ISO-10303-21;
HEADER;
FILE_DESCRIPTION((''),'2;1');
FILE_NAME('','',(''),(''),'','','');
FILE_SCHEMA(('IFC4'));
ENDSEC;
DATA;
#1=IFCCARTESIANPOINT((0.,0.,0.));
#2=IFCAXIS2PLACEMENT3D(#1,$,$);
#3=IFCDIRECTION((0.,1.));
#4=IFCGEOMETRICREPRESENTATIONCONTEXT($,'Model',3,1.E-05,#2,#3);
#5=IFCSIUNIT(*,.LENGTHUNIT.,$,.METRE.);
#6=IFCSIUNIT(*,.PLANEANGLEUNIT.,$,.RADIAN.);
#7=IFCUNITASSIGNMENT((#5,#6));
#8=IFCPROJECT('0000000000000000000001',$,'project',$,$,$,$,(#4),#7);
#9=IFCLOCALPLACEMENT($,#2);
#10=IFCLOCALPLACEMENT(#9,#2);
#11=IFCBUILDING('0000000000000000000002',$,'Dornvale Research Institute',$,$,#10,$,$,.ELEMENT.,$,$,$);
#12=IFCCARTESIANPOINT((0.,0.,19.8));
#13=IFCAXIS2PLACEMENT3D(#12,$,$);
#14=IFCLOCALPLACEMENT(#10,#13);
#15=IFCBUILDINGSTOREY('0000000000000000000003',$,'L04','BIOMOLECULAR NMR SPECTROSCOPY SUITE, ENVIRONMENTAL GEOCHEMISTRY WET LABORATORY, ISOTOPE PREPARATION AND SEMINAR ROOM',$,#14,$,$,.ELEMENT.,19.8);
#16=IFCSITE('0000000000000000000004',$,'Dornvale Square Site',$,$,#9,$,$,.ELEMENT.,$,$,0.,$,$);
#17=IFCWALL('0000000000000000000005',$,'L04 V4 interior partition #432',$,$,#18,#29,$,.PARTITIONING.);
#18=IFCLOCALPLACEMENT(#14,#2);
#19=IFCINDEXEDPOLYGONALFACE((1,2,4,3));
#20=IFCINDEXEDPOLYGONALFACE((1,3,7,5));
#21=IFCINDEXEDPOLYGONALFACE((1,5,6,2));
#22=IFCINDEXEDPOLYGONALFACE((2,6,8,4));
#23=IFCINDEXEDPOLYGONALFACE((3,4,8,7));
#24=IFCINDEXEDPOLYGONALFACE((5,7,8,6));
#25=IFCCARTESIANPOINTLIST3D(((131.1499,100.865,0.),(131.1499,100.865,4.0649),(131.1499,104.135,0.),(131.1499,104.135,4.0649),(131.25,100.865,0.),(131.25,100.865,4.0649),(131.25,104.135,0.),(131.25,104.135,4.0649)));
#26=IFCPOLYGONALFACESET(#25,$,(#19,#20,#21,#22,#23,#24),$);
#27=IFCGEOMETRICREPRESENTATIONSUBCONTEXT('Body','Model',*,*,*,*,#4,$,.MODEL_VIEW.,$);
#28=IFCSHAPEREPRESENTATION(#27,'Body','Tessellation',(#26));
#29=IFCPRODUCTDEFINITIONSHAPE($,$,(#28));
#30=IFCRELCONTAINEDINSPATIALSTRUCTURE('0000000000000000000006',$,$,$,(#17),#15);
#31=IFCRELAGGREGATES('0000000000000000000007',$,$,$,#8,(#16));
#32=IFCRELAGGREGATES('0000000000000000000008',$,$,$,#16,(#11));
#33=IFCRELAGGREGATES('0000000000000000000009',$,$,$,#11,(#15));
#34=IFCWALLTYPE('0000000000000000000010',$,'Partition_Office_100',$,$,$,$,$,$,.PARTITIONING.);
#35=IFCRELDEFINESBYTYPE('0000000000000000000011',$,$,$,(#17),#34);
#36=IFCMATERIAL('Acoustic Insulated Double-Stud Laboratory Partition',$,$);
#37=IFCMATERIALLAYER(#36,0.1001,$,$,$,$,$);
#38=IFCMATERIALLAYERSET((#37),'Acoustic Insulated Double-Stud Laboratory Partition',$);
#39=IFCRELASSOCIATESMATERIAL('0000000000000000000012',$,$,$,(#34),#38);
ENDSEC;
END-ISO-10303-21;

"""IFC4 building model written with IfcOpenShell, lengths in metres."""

from ifc_helpers import new_model, si_unit, direction, frame, frame_2d, origin, place, context, subcontext, project, spatial, rectangle, extrude, material, layer, layer_set, type_object, element, save


model = new_model("IFC4")

# Units and contexts
model_context = context("Model", 3, precision=1e-05, world=origin(), true_north=direction((0.0, 1.0)))
body_context = subcontext(model_context, "Body", "Model", "MODEL_VIEW")
ifc_project = project(units=[si_unit("LENGTHUNIT", "METRE"), si_unit("PLANEANGLEUNIT", "RADIAN")], contexts=[model_context])

# Site, building, storey
site_placement = place(None, origin())
site = spatial("IfcSite", under=ifc_project, at=site_placement, Name="Dornvale Square Site", CompositionType="ELEMENT", RefElevation=0.0)
building_placement = place(site_placement, origin())
building = spatial("IfcBuilding", under=site, at=building_placement, Name="Dornvale Research Institute", CompositionType="ELEMENT")
storey_placement = place(building_placement, frame((0.0, 0.0, 19.8)))
storey = spatial("IfcBuildingStorey", under=building, at=storey_placement, Name="L04", Description="BIOMOLECULAR NMR SPECTROSCOPY SUITE, ENVIRONMENTAL GEOCHEMISTRY WET LABORATORY, ISOTOPE PREPARATION AND SEMINAR ROOM", CompositionType="ELEMENT", Elevation=19.8)

# Wall
ifc_material_1 = material(Name="Acoustic Insulated Double-Stud Laboratory Partition")
ifc_layer_1 = layer(ifc_material_1, 0.1001)
ifc_layer_set_1 = layer_set([ifc_layer_1], Name="Acoustic Insulated Double-Stud Laboratory Partition")
wall_type_1 = type_object("IfcWallType", Name="Partition_Office_100", PredefinedType="PARTITIONING", material=ifc_layer_set_1)
wall_1_placement = place(storey_placement, frame((131.2, 100.865, 0.0), z_axis=(0.0, 0.0, 1.0), x_axis=(0.0, 1.0, 0.0)))
element("IfcWall", 1, at=wall_1_placement, inside=storey, type_object=wall_type_1, Name="L04 V4 interior partition #432", PredefinedType="PARTITIONING", context=body_context, shape_type="SweptSolid", body=[
    extrude(rectangle(XDim=3.27, YDim=0.1001, at=frame_2d((1.635, 0.0))), origin(), (0.0, 0.0, 1.0), 4.0649),
])

save(model, "model.ifc")
